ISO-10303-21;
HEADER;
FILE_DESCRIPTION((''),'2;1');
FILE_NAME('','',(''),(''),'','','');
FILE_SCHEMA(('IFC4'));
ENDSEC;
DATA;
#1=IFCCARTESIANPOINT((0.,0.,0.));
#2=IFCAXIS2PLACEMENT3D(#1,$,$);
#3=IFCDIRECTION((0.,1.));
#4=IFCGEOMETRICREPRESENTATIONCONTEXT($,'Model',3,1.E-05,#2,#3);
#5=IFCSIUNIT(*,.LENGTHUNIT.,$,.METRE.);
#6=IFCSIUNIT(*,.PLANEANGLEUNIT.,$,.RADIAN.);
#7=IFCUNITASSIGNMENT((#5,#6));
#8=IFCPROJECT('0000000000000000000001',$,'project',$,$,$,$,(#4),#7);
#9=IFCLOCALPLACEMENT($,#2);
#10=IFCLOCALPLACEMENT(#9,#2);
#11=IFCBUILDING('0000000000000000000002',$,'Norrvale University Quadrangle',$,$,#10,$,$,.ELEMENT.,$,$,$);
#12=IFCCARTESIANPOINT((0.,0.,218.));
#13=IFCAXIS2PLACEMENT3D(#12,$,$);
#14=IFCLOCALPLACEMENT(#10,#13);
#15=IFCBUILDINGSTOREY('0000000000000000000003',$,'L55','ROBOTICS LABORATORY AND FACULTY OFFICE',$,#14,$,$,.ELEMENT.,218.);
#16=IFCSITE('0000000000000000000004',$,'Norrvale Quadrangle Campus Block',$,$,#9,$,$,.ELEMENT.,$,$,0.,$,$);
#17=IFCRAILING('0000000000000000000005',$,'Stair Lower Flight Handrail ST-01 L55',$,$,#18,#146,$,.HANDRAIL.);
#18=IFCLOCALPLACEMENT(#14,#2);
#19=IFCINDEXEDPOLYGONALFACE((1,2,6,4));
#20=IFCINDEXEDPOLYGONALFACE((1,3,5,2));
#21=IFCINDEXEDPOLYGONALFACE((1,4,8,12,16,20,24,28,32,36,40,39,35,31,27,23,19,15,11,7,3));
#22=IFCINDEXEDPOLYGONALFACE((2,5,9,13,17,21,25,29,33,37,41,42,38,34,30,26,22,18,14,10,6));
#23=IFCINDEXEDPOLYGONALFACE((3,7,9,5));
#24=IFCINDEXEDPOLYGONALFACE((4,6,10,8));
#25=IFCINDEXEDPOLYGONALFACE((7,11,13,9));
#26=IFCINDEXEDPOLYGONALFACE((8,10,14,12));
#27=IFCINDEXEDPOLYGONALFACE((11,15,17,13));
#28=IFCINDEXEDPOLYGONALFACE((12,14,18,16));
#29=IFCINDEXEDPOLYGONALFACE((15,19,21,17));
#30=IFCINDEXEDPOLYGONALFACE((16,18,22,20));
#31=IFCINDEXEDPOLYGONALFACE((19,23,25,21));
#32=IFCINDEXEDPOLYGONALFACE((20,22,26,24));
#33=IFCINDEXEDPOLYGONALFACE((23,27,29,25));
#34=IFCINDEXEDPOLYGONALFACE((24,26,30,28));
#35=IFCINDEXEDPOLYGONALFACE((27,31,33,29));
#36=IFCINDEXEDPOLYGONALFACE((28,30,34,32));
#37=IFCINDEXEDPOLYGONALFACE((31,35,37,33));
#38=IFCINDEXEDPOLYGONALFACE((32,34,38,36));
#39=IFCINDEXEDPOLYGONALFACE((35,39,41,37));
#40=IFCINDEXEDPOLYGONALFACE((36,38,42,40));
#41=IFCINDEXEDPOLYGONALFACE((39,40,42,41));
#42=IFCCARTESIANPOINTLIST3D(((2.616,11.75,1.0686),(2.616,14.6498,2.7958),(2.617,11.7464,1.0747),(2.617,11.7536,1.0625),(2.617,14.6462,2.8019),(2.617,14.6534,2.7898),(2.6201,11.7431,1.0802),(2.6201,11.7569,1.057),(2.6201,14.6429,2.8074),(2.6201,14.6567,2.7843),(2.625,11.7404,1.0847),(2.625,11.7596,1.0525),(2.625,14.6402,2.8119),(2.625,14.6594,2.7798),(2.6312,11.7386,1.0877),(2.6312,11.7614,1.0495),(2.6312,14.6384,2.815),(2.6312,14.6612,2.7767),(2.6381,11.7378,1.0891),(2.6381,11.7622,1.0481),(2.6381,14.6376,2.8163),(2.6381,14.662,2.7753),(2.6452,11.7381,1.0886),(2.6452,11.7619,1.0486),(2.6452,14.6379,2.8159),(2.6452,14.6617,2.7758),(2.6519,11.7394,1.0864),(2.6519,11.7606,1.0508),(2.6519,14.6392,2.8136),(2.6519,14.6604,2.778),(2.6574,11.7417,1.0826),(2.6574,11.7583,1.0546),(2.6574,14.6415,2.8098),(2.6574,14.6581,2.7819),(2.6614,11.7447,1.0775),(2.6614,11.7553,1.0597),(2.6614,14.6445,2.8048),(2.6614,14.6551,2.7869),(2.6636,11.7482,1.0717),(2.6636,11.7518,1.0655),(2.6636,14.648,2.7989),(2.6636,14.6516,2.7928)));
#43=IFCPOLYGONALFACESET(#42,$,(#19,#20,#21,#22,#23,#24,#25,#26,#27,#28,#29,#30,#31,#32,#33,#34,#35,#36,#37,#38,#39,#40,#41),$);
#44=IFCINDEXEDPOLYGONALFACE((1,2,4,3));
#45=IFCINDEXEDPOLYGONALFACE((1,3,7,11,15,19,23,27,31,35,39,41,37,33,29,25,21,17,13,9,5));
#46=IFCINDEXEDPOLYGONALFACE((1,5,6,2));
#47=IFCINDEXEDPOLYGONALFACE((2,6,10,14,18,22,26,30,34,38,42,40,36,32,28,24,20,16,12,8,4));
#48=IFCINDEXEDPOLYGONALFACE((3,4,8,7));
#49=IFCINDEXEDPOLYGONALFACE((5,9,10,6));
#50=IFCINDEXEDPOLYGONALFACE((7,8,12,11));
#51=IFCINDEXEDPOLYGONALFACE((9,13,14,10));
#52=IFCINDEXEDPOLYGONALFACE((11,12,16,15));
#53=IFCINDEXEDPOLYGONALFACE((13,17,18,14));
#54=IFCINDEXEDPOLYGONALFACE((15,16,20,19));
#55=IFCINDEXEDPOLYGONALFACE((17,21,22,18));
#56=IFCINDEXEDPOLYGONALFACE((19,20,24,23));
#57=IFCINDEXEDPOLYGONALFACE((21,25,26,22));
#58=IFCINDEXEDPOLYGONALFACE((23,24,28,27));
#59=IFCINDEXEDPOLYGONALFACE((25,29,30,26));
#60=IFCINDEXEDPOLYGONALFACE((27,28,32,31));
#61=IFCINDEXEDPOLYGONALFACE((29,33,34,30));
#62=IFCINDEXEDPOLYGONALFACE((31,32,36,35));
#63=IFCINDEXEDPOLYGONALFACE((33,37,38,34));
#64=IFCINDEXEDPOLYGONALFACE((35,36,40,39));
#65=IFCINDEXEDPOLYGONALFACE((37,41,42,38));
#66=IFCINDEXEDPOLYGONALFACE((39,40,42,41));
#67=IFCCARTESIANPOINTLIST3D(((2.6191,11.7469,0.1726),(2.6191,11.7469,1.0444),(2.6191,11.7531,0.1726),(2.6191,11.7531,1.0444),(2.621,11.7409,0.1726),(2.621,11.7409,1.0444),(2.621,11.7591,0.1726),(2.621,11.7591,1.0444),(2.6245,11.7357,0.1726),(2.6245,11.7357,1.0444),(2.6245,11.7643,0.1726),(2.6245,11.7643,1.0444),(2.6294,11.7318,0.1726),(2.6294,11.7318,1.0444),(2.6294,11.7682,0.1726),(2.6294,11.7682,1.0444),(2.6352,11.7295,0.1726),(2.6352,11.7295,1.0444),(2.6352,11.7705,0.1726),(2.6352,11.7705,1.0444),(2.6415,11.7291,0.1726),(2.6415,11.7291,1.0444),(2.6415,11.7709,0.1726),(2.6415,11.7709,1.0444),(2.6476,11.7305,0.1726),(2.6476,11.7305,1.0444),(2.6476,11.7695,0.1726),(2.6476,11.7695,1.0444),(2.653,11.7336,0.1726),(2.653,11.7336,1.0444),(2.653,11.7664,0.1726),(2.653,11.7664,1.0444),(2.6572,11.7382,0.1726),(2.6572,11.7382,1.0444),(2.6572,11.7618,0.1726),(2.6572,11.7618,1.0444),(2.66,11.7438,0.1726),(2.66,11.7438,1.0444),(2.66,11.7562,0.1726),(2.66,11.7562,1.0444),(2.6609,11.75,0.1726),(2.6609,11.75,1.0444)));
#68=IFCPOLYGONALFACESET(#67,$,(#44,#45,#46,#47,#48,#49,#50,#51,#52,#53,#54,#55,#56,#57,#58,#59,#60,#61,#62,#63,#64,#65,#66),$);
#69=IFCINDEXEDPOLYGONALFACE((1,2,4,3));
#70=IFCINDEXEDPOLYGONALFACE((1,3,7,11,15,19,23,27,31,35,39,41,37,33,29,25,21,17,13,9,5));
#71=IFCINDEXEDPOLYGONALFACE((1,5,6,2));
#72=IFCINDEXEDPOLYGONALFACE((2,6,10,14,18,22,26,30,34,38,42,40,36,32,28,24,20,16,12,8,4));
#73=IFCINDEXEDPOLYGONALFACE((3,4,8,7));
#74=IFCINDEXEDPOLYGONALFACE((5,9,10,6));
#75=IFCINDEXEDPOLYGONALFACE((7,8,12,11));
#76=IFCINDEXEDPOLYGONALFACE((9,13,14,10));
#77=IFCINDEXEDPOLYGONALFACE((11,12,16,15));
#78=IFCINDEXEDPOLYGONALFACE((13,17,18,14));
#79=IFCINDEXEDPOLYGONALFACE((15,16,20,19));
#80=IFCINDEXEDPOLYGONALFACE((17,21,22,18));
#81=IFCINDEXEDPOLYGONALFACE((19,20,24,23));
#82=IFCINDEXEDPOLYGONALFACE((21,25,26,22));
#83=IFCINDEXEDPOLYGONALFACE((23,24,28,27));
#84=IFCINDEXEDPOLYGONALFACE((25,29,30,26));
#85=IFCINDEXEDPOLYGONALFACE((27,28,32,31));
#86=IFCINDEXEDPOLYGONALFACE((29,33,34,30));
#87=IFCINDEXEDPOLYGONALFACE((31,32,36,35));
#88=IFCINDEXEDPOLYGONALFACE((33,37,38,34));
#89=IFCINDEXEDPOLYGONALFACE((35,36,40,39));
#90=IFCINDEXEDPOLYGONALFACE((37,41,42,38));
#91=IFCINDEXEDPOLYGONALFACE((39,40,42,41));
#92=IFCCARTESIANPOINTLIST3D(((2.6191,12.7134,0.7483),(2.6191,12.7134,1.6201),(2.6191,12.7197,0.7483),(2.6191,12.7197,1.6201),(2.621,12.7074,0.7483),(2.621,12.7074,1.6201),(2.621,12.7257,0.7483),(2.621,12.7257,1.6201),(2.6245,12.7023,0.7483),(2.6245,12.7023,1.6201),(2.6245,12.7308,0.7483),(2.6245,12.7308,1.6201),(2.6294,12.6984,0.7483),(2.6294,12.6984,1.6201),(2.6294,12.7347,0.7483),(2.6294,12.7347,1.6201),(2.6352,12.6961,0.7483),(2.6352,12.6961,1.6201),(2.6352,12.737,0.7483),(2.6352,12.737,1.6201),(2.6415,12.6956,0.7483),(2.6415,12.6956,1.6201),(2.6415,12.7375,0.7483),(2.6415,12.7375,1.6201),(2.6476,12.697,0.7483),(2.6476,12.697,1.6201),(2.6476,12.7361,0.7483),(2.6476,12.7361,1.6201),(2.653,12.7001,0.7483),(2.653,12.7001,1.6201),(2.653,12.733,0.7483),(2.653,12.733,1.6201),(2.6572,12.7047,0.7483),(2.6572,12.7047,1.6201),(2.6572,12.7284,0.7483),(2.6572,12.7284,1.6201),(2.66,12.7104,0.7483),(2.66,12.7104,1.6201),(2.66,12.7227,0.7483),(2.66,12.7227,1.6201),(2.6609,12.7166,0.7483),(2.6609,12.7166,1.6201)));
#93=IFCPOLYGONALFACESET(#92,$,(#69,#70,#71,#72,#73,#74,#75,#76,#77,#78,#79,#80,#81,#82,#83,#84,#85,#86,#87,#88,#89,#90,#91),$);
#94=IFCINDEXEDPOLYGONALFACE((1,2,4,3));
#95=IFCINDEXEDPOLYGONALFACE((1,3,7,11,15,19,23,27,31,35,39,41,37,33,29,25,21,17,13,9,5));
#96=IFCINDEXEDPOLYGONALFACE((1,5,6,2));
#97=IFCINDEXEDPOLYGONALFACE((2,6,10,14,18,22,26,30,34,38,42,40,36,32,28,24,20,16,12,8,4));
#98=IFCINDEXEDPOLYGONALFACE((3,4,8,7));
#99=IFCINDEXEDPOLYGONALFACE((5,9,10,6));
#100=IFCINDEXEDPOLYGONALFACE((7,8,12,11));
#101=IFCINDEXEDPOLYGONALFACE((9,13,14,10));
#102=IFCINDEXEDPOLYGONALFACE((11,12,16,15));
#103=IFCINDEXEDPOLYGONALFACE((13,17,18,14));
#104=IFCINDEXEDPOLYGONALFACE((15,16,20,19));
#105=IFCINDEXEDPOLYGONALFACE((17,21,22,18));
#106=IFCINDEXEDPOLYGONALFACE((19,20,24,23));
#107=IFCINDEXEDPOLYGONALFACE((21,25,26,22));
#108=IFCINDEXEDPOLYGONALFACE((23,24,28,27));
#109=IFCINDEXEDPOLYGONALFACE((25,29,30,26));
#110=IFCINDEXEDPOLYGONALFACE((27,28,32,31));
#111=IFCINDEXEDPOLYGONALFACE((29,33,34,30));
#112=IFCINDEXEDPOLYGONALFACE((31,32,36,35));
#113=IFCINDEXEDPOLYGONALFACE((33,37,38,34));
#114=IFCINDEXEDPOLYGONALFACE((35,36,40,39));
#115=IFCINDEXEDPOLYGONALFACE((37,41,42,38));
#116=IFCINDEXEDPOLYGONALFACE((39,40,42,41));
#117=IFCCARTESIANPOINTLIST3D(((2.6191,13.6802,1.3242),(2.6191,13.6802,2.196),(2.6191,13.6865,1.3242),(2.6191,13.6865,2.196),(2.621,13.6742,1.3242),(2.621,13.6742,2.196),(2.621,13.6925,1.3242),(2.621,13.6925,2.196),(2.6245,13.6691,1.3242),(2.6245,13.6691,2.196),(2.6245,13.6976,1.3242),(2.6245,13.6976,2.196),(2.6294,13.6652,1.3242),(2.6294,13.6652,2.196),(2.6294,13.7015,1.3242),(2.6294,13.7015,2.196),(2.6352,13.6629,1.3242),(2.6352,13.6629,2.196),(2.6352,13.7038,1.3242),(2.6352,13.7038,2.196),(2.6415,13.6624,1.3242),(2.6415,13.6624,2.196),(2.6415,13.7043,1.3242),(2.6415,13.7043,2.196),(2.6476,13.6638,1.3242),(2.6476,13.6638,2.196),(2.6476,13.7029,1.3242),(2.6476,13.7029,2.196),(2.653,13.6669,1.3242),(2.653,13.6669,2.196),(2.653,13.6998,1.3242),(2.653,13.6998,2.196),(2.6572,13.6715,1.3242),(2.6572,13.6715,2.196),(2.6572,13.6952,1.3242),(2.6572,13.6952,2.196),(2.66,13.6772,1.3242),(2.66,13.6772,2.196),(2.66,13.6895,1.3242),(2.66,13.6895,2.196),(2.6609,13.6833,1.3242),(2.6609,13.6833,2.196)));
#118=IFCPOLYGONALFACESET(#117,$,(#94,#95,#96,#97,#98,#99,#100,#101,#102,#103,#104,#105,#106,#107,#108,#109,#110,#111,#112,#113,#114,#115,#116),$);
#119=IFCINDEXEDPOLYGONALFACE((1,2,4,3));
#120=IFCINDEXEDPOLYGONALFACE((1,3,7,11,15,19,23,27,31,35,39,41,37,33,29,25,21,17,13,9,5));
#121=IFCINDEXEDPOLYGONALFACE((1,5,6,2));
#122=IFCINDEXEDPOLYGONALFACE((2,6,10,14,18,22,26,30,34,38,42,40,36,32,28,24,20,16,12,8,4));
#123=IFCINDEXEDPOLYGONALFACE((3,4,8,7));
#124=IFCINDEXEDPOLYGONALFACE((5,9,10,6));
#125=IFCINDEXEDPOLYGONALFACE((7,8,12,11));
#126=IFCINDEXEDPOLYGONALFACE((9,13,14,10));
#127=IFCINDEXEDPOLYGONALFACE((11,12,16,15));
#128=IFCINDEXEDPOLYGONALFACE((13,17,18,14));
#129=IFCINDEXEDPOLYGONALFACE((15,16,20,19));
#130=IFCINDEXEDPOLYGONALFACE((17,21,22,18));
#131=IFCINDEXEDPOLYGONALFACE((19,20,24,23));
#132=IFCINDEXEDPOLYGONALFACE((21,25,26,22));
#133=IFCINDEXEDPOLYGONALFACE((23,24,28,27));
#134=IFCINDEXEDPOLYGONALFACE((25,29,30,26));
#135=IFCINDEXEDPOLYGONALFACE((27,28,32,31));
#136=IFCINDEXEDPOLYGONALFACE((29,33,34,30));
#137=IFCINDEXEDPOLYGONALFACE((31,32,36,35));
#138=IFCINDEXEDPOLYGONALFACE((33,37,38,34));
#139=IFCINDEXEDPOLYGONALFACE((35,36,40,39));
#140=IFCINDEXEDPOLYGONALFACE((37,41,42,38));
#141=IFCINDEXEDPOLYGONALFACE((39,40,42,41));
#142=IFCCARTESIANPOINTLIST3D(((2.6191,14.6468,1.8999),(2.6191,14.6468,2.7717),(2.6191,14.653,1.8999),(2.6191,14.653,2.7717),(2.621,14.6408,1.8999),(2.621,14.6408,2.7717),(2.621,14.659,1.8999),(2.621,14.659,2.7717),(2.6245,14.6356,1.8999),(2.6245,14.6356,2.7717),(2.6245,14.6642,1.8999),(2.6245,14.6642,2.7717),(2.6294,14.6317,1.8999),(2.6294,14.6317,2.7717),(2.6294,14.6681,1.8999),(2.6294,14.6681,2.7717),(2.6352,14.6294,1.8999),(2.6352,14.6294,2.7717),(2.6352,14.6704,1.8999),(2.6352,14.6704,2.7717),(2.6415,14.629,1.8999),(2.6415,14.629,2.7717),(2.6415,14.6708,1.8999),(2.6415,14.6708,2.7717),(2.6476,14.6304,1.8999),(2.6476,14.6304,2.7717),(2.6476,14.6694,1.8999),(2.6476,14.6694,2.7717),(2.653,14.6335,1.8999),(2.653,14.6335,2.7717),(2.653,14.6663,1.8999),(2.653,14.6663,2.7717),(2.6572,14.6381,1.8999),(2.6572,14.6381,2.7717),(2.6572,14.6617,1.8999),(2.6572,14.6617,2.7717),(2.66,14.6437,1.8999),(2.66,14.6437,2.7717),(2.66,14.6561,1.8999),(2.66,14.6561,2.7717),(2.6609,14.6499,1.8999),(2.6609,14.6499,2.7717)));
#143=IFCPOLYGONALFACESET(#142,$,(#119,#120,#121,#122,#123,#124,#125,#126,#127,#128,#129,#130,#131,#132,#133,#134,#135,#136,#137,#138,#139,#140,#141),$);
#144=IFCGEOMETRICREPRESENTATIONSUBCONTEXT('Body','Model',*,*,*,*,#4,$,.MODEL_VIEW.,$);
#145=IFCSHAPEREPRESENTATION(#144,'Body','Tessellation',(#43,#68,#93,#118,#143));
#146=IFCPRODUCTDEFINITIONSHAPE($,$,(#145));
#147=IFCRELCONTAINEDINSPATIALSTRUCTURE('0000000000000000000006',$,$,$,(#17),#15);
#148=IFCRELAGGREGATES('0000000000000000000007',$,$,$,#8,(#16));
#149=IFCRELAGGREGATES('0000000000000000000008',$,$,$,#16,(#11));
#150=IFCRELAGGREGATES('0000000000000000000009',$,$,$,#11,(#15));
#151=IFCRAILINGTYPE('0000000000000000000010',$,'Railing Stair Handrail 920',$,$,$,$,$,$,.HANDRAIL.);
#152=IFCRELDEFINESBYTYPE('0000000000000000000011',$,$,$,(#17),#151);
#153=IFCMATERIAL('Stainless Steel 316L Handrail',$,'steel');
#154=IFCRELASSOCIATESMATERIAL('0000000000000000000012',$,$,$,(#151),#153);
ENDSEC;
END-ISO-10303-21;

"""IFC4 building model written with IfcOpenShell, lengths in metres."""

from ifc_helpers import new_model, si_unit, direction, frame, origin, origin_2d, place, context, subcontext, project, spatial, circle, extrude, material, type_object, element, save


model = new_model("IFC4")

# Units and contexts
model_context = context("Model", 3, precision=1e-05, world=origin(), true_north=direction((0.0, 1.0)))
body_context = subcontext(model_context, "Body", "Model", "MODEL_VIEW")
ifc_project = project(units=[si_unit("LENGTHUNIT", "METRE"), si_unit("PLANEANGLEUNIT", "RADIAN")], contexts=[model_context])

# Site, building, storey
site_placement = place(None, origin())
site = spatial("IfcSite", under=ifc_project, at=site_placement, Name="Norrvale Quadrangle Campus Block", CompositionType="ELEMENT", RefElevation=0.0)
building_placement = place(site_placement, origin())
building = spatial("IfcBuilding", under=site, at=building_placement, Name="Norrvale University Quadrangle", CompositionType="ELEMENT")
storey_placement = place(building_placement, frame((0.0, 0.0, 218.0)))
storey = spatial("IfcBuildingStorey", under=building, at=storey_placement, Name="L55", Description="ROBOTICS LABORATORY AND FACULTY OFFICE", CompositionType="ELEMENT", Elevation=218.0)

# Railing
ifc_material_1 = material(Name="Stainless Steel 316L Handrail", Category="steel")
railing_type_1 = type_object("IfcRailingType", Name="Railing Stair Handrail 920", PredefinedType="HANDRAIL", material=ifc_material_1)
railing_1_placement = place(storey_placement, frame((2.6399, 11.75, 0.1726)))
element("IfcRailing", 1, at=railing_1_placement, inside=storey, type_object=railing_type_1, Name="Stair Lower Flight Handrail ST-01 L55", PredefinedType="HANDRAIL", context=body_context, shape_type="SweptSolid", body=[
    extrude(circle(Radius=0.0239, at=origin_2d()), frame((0.0, 0.0, 0.896), z_axis=(0.0, 0.859141, 0.511738), x_axis=(-1.0, 0.0, 0.0)), (0.0, 0.0, 1.0), 3.3752),
    extrude(circle(Radius=0.021, at=origin_2d()), origin(), (0.0, 0.0, 1.0), 0.8718),
    extrude(circle(Radius=0.021, at=origin_2d()), frame((0.0, 0.9666, 0.5757)), (0.0, 0.0, 1.0), 0.8718),
    extrude(circle(Radius=0.021, at=origin_2d()), frame((0.0, 1.9333, 1.1516)), (0.0, 0.0, 1.0), 0.8718),
    extrude(circle(Radius=0.021, at=origin_2d()), frame((0.0, 2.8999, 1.7273)), (0.0, 0.0, 1.0), 0.8718),
])

save(model, "model.ifc")
